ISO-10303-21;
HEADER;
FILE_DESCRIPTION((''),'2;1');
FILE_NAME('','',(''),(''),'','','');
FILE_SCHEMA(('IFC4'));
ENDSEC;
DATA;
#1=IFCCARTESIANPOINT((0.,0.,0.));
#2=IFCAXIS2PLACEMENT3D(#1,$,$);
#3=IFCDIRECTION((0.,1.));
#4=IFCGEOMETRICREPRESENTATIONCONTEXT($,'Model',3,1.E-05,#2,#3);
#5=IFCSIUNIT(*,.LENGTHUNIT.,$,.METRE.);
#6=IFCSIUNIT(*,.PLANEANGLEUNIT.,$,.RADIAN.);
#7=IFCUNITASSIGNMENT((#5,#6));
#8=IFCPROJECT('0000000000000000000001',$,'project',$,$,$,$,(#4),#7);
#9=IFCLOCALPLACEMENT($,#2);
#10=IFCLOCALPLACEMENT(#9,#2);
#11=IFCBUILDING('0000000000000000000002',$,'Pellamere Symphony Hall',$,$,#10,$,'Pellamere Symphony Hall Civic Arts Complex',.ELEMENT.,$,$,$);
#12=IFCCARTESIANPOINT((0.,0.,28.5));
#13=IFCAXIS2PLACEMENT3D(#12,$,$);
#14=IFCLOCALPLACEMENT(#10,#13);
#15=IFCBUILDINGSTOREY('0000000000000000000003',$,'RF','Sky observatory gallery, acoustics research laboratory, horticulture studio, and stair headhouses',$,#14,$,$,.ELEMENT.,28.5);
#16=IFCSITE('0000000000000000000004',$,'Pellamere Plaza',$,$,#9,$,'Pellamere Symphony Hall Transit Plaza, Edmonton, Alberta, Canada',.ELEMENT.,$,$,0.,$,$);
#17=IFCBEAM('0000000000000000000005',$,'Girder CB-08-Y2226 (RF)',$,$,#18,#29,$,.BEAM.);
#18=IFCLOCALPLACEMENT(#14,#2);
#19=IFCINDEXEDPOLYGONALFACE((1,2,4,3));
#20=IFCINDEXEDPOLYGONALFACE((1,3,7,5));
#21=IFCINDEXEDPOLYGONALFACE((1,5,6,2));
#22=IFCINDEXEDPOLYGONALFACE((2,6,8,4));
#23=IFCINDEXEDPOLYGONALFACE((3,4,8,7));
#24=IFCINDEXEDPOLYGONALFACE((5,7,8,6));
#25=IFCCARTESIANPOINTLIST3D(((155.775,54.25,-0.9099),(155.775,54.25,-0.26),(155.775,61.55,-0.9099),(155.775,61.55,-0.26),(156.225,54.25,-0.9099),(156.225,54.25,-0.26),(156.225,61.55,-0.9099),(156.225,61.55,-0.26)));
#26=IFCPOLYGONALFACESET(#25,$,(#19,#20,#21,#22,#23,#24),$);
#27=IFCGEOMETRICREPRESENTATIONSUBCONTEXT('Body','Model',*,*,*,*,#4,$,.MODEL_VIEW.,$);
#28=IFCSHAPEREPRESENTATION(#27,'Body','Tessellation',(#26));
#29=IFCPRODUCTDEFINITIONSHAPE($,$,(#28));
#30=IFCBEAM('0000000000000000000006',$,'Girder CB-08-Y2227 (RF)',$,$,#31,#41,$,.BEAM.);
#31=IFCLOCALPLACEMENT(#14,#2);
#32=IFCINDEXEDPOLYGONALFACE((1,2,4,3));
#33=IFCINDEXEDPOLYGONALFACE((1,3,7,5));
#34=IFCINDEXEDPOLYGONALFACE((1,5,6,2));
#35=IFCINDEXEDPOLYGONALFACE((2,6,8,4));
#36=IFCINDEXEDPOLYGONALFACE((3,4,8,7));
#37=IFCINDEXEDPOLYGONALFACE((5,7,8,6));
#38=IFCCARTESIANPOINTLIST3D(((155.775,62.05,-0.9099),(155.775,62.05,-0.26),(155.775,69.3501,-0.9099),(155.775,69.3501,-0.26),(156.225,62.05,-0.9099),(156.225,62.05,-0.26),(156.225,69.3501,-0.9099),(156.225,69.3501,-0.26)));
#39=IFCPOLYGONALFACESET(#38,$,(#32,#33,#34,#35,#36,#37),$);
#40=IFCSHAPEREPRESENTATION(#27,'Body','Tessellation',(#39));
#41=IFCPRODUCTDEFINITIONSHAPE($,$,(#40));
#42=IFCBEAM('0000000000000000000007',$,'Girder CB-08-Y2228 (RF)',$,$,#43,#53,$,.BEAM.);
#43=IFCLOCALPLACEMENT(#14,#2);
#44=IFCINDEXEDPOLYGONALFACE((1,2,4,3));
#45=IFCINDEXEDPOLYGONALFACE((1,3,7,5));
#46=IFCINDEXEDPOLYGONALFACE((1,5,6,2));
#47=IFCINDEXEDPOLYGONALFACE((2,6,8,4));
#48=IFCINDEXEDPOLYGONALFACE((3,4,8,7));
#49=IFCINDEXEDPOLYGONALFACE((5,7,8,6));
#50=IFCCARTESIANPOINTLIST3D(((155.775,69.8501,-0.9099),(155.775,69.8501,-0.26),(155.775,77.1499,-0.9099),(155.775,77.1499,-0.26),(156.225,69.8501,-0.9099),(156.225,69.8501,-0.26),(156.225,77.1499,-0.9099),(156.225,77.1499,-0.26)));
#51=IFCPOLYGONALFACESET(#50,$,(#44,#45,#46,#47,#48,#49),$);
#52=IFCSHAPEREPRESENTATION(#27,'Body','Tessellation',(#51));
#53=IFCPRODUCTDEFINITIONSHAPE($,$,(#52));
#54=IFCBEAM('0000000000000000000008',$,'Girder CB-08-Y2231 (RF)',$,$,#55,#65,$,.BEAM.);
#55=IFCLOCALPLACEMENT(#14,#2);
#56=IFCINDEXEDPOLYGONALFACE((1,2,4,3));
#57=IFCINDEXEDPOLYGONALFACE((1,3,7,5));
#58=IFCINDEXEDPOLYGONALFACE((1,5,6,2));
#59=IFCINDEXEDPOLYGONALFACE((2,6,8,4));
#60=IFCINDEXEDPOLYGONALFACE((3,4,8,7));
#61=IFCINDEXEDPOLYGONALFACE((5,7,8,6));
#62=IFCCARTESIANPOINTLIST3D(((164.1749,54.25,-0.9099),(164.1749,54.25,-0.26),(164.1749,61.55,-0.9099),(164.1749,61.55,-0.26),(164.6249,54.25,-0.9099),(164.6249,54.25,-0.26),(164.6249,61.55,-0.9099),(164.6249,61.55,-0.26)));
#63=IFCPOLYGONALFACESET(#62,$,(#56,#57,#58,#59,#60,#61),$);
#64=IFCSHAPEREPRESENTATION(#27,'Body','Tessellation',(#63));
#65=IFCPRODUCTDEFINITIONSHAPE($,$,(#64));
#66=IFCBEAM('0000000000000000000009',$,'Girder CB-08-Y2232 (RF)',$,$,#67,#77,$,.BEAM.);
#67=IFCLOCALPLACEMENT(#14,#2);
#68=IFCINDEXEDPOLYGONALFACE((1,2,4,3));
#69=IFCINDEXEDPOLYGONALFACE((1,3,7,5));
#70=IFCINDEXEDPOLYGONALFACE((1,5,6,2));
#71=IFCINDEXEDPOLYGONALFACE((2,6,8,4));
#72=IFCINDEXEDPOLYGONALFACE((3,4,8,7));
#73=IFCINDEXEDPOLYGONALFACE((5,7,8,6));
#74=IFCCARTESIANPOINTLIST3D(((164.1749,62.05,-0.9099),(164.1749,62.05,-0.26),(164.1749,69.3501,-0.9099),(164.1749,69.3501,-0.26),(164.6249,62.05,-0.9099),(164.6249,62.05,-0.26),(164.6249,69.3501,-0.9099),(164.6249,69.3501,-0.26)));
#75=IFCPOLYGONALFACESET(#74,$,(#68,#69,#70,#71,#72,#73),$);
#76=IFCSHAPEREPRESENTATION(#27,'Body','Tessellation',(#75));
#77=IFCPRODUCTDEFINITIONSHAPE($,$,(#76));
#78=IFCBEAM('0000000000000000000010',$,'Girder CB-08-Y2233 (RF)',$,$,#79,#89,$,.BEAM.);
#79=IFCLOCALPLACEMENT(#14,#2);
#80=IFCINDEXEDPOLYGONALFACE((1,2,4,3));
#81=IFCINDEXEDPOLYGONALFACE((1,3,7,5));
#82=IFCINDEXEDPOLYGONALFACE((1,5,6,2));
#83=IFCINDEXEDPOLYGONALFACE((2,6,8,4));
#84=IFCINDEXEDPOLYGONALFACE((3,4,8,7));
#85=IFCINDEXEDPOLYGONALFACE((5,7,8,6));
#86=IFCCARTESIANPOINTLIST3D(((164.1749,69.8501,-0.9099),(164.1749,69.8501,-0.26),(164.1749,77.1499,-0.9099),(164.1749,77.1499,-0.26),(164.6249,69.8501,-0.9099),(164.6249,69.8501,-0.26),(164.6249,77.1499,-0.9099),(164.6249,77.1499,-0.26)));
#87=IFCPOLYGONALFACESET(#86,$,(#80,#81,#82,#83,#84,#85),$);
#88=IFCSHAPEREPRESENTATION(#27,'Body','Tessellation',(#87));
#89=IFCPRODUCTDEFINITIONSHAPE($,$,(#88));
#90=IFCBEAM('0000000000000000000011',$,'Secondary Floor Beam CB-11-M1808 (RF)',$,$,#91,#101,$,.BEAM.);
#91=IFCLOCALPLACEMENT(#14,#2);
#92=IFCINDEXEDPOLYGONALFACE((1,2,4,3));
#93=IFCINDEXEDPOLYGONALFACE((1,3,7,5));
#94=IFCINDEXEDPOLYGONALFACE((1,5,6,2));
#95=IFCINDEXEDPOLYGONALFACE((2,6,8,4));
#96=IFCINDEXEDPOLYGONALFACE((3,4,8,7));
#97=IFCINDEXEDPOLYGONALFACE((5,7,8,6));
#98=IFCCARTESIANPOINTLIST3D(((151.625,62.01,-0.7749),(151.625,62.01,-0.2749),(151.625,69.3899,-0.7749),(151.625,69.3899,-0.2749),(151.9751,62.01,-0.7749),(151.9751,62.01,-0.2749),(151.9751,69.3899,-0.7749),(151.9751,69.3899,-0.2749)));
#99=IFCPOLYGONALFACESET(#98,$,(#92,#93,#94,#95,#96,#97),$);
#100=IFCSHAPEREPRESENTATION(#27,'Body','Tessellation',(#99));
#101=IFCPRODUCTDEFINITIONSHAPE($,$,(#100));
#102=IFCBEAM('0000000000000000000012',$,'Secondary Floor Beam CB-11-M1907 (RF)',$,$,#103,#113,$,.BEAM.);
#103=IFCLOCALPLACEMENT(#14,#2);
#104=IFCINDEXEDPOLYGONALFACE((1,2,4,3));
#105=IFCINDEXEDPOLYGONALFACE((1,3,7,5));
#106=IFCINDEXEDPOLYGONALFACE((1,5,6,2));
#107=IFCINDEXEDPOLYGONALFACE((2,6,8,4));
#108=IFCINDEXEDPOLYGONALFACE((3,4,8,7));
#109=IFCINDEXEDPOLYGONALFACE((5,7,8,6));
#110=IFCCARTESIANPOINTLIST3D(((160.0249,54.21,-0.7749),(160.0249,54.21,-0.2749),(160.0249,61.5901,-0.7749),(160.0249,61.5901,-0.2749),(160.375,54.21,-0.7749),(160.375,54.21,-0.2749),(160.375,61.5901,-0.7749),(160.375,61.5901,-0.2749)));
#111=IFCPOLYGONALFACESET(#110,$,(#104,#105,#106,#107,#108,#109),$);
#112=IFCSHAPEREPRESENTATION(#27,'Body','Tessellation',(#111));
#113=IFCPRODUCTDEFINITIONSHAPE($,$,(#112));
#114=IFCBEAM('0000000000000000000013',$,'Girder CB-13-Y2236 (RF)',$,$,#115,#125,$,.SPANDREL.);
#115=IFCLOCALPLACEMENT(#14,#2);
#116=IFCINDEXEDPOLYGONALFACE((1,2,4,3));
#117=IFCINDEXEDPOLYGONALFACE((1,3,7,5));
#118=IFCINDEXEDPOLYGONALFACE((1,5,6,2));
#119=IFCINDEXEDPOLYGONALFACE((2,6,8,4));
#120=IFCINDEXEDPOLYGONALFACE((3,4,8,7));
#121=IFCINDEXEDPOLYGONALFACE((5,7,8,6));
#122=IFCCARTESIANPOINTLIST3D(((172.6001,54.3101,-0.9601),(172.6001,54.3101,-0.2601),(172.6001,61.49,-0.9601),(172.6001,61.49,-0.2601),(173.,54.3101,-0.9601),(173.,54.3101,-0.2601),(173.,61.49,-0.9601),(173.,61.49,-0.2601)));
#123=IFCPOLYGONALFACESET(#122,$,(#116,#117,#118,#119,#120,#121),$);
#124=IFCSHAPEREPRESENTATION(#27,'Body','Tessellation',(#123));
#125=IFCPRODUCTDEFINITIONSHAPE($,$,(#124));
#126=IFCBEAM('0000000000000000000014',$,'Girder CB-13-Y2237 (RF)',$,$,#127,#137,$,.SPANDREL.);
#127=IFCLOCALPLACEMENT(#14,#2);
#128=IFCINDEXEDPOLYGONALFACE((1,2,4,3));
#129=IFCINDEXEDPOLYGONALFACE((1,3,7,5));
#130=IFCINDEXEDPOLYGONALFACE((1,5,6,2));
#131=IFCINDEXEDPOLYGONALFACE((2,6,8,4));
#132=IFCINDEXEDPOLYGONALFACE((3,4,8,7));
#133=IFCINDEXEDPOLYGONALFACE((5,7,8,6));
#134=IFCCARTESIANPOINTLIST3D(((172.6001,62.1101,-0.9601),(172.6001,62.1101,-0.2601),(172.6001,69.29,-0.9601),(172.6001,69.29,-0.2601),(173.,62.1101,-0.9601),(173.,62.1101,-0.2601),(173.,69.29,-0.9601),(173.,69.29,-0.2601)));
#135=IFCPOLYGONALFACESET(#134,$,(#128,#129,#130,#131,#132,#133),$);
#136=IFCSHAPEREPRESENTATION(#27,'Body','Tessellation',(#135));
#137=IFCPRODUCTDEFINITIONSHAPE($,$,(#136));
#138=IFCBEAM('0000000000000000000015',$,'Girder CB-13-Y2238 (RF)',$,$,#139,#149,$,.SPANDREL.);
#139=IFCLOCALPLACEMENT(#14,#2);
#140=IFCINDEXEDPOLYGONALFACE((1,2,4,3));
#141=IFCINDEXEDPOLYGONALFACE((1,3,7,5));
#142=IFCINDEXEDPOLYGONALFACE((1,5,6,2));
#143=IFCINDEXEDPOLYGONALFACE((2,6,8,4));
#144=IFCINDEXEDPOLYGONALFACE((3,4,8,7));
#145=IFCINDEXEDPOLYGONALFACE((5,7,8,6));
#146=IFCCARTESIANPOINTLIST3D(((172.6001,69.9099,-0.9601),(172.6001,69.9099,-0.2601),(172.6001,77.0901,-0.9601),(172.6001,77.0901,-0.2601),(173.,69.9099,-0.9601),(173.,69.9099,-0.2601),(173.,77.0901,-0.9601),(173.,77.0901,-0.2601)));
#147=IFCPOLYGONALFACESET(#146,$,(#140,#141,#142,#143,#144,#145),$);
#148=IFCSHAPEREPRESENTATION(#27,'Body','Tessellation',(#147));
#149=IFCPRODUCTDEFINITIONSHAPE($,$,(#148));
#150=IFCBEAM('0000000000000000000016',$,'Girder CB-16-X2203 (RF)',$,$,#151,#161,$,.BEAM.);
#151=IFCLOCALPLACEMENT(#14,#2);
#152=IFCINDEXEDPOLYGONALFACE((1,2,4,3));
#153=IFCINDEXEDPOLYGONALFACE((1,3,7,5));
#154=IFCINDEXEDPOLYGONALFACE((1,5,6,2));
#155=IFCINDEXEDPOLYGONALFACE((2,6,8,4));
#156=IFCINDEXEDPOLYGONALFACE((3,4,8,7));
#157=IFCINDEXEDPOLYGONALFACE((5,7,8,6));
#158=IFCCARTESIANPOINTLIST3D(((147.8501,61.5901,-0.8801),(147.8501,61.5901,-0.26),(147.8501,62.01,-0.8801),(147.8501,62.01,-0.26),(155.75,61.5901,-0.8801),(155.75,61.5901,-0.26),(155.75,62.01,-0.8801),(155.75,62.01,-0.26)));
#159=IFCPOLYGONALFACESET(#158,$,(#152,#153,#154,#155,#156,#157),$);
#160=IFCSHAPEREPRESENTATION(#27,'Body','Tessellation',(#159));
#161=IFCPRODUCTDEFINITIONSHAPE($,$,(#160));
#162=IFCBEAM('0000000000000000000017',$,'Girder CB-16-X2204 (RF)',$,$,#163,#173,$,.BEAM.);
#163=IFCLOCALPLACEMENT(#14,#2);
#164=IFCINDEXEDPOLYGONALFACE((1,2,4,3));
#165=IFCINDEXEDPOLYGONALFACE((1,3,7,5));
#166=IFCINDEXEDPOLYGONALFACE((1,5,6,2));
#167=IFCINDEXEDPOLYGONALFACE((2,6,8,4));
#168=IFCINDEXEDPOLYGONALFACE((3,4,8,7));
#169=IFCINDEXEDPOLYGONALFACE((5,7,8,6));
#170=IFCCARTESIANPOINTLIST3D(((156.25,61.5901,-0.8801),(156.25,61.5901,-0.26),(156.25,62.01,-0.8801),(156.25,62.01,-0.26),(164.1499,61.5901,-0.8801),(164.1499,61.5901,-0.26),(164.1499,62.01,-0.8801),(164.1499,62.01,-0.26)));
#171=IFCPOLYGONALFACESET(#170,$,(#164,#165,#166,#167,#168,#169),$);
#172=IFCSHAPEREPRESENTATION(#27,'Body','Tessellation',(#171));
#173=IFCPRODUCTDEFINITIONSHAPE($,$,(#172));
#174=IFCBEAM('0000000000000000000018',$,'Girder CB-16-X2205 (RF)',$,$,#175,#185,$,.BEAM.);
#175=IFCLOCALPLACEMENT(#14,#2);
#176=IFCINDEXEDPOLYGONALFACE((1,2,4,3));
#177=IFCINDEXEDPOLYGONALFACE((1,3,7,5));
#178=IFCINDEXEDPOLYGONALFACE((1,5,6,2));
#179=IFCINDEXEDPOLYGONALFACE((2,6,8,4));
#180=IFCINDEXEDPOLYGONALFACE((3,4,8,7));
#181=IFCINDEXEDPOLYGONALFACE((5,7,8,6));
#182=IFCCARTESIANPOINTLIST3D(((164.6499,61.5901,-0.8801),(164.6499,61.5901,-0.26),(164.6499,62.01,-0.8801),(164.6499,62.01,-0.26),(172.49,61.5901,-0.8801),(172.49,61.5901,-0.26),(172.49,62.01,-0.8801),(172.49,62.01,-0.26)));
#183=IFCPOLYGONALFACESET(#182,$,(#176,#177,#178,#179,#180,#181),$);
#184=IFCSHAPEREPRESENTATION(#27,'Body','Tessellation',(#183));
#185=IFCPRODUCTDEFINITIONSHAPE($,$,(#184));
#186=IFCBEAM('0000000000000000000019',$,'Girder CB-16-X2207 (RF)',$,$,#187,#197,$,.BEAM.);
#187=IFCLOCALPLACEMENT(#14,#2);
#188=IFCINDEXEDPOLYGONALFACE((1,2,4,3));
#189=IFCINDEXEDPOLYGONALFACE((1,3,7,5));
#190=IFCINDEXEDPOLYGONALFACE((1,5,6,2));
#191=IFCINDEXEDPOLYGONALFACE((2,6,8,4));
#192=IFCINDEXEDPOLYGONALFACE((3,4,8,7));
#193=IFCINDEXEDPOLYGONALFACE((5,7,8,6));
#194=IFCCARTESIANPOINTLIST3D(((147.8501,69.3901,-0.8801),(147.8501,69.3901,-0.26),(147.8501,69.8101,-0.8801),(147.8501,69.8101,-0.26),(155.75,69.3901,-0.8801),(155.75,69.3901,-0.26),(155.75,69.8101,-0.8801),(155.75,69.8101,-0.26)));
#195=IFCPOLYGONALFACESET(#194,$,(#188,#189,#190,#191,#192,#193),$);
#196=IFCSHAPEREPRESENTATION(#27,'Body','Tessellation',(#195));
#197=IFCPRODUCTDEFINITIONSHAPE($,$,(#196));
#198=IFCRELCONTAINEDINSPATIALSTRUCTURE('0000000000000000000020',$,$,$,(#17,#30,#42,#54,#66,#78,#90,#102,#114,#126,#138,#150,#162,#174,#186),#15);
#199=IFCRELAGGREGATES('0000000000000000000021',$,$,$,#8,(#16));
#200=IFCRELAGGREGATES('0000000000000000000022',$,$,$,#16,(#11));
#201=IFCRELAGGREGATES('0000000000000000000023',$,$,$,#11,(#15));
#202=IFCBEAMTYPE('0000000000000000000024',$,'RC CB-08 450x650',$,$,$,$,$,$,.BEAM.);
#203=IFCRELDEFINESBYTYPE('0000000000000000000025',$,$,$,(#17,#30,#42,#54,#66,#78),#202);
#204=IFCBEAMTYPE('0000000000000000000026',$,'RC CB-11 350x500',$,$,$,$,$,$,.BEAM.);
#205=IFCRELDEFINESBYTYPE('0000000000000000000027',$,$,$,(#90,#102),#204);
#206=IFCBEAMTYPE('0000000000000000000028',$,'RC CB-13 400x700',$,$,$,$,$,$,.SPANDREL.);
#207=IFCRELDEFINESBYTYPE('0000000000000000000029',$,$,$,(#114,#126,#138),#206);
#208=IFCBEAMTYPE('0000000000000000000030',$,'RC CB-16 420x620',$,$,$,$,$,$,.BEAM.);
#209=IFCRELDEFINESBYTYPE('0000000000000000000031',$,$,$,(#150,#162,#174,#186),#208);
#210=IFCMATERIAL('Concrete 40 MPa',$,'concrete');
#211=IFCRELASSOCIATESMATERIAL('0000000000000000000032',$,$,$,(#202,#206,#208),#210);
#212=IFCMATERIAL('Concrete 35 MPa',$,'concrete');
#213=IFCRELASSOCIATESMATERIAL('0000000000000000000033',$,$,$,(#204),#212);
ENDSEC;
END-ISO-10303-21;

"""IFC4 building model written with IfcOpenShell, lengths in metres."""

from ifc_helpers import new_model, si_unit, direction, frame, origin, origin_2d, place, context, subcontext, project, spatial, rectangle, extrude, material, material_profile, profile_set, type_object, element, save


model = new_model("IFC4")

# Units and contexts
model_context = context("Model", 3, precision=1e-05, world=origin(), true_north=direction((0.0, 1.0)))
body_context = subcontext(model_context, "Body", "Model", "MODEL_VIEW")
ifc_project = project(units=[si_unit("LENGTHUNIT", "METRE"), si_unit("PLANEANGLEUNIT", "RADIAN")], contexts=[model_context])

# Site, building, storey
site_placement = place(None, origin())
site = spatial("IfcSite", under=ifc_project, at=site_placement, Name="Pellamere Plaza", LongName="Pellamere Symphony Hall Transit Plaza, Edmonton, Alberta, Canada", CompositionType="ELEMENT", RefElevation=0.0)
building_placement = place(site_placement, origin())
building = spatial("IfcBuilding", under=site, at=building_placement, Name="Pellamere Symphony Hall", LongName="Pellamere Symphony Hall Civic Arts Complex", CompositionType="ELEMENT")
storey_placement = place(building_placement, frame((0.0, 0.0, 28.5)))
storey = spatial("IfcBuildingStorey", under=building, at=storey_placement, Name="RF", Description="Sky observatory gallery, acoustics research laboratory, horticulture studio, and stair headhouses", CompositionType="ELEMENT", Elevation=28.5)

# Beams
ifc_material_1 = material(Name="Concrete 40 MPa", Category="concrete")
ifc_material_profile_1 = material_profile(ifc_material_1, rectangle(XDim=0.45, YDim=0.6499, at=origin_2d()), Name="RC 450x650")
ifc_profile_set_1 = profile_set([ifc_material_profile_1], Name="Concrete 40 MPa")
beam_type_1 = type_object("IfcBeamType", Name="RC CB-08 450x650", PredefinedType="BEAM", material=ifc_profile_set_1)
for number, where, z_axis, x_axis, name in (
    (1, (156.0, 54.25, -0.585), (0.0, 1.0, 0.0), (-1.0, 0.0, 0.0), "Girder CB-08-Y2226 (RF)"),
    (2, (156.0, 62.05, -0.585), (0.0, 1.0, 0.0), (-1.0, 0.0, 0.0), "Girder CB-08-Y2227 (RF)"),
):
    element("IfcBeam", number, at=place(storey_placement, frame(where, z_axis=z_axis, x_axis=x_axis)), inside=storey, type_object=beam_type_1, Name=name, PredefinedType="BEAM", context=body_context, shape_type="SweptSolid", body=[
        extrude(rectangle(XDim=0.45, YDim=0.6499, at=origin_2d()), origin(), (0.0, 0.0, 1.0), 7.3),
    ])
beam_1_placement = place(storey_placement, frame((156.0, 69.8501, -0.585), z_axis=(0.0, 1.0, 0.0), x_axis=(-1.0, 0.0, 0.0)))
element("IfcBeam", 3, at=beam_1_placement, inside=storey, type_object=beam_type_1, Name="Girder CB-08-Y2228 (RF)", PredefinedType="BEAM", context=body_context, shape_type="SweptSolid", body=[
    extrude(rectangle(XDim=0.45, YDim=0.6499, at=origin_2d()), origin(), (0.0, 0.0, 1.0), 7.2998),
])
for number, where, z_axis, x_axis, name in (
    (4, (164.3999, 54.25, -0.585), (0.0, 1.0, 0.0), (-1.0, 0.0, 0.0), "Girder CB-08-Y2231 (RF)"),
    (5, (164.3999, 62.05, -0.585), (0.0, 1.0, 0.0), (-1.0, 0.0, 0.0), "Girder CB-08-Y2232 (RF)"),
):
    element("IfcBeam", number, at=place(storey_placement, frame(where, z_axis=z_axis, x_axis=x_axis)), inside=storey, type_object=beam_type_1, Name=name, PredefinedType="BEAM", context=body_context, shape_type="SweptSolid", body=[
        extrude(rectangle(XDim=0.45, YDim=0.6499, at=origin_2d()), origin(), (0.0, 0.0, 1.0), 7.3),
    ])
beam_2_placement = place(storey_placement, frame((164.3999, 69.8501, -0.585), z_axis=(0.0, 1.0, 0.0), x_axis=(-1.0, 0.0, 0.0)))
element("IfcBeam", 6, at=beam_2_placement, inside=storey, type_object=beam_type_1, Name="Girder CB-08-Y2233 (RF)", PredefinedType="BEAM", context=body_context, shape_type="SweptSolid", body=[
    extrude(rectangle(XDim=0.45, YDim=0.6499, at=origin_2d()), origin(), (0.0, 0.0, 1.0), 7.2998),
])
ifc_material_2 = material(Name="Concrete 35 MPa", Category="concrete")
ifc_material_profile_2 = material_profile(ifc_material_2, rectangle(XDim=0.3501, YDim=0.5, at=origin_2d()), Name="RC 350x500")
ifc_profile_set_2 = profile_set([ifc_material_profile_2], Name="Concrete 35 MPa")
beam_type_2 = type_object("IfcBeamType", Name="RC CB-11 350x500", PredefinedType="BEAM", material=ifc_profile_set_2)
beam_3_placement = place(storey_placement, frame((151.8, 62.01, -0.5249), z_axis=(0.0, 1.0, 0.0), x_axis=(-1.0, 0.0, 0.0)))
element("IfcBeam", 7, at=beam_3_placement, inside=storey, type_object=beam_type_2, Name="Secondary Floor Beam CB-11-M1808 (RF)", PredefinedType="BEAM", context=body_context, shape_type="SweptSolid", body=[
    extrude(rectangle(XDim=0.3501, YDim=0.5, at=origin_2d()), origin(), (0.0, 0.0, 1.0), 7.3799),
])
beam_4_placement = place(storey_placement, frame((160.2, 54.21, -0.5249), z_axis=(0.0, 1.0, 0.0), x_axis=(-1.0, 0.0, 0.0)))
element("IfcBeam", 8, at=beam_4_placement, inside=storey, type_object=beam_type_2, Name="Secondary Floor Beam CB-11-M1907 (RF)", PredefinedType="BEAM", context=body_context, shape_type="SweptSolid", body=[
    extrude(rectangle(XDim=0.3501, YDim=0.5, at=origin_2d()), origin(), (0.0, 0.0, 1.0), 7.3801),
])
ifc_material_profile_3 = material_profile(ifc_material_1, rectangle(XDim=0.3999, YDim=0.7, at=origin_2d()), Name="RC 400x700")
ifc_profile_set_3 = profile_set([ifc_material_profile_3], Name="Concrete 40 MPa")
beam_type_3 = type_object("IfcBeamType", Name="RC CB-13 400x700", PredefinedType="SPANDREL", material=ifc_profile_set_3)
for number, where, z_axis, x_axis, name in (
    (9, (172.8, 54.3101, -0.6101), (0.0, 1.0, 0.0), (-1.0, 0.0, 0.0), "Girder CB-13-Y2236 (RF)"),
    (10, (172.8, 62.1101, -0.6101), (0.0, 1.0, 0.0), (-1.0, 0.0, 0.0), "Girder CB-13-Y2237 (RF)"),
):
    element("IfcBeam", number, at=place(storey_placement, frame(where, z_axis=z_axis, x_axis=x_axis)), inside=storey, type_object=beam_type_3, Name=name, PredefinedType="SPANDREL", context=body_context, shape_type="SweptSolid", body=[
        extrude(rectangle(XDim=0.3999, YDim=0.7, at=origin_2d()), origin(), (0.0, 0.0, 1.0), 7.1799),
    ])
beam_5_placement = place(storey_placement, frame((172.8, 69.9099, -0.6101), z_axis=(0.0, 1.0, 0.0), x_axis=(-1.0, 0.0, 0.0)))
element("IfcBeam", 11, at=beam_5_placement, inside=storey, type_object=beam_type_3, Name="Girder CB-13-Y2238 (RF)", PredefinedType="SPANDREL", context=body_context, shape_type="SweptSolid", body=[
    extrude(rectangle(XDim=0.3999, YDim=0.7, at=origin_2d()), origin(), (0.0, 0.0, 1.0), 7.1802),
])
ifc_material_profile_4 = material_profile(ifc_material_1, rectangle(XDim=0.4199, YDim=0.6201, at=origin_2d()), Name="RC 420x620")
ifc_profile_set_4 = profile_set([ifc_material_profile_4], Name="Concrete 40 MPa")
beam_type_4 = type_object("IfcBeamType", Name="RC CB-16 420x620", PredefinedType="BEAM", material=ifc_profile_set_4)
for number, where, z_axis, x_axis, name in (
    (12, (147.8501, 61.8, -0.5701), (1.0, 0.0, 0.0), (0.0, 1.0, 0.0), "Girder CB-16-X2203 (RF)"),
    (13, (156.25, 61.8, -0.5701), (1.0, 0.0, 0.0), (0.0, 1.0, 0.0), "Girder CB-16-X2204 (RF)"),
):
    element("IfcBeam", number, at=place(storey_placement, frame(where, z_axis=z_axis, x_axis=x_axis)), inside=storey, type_object=beam_type_4, Name=name, PredefinedType="BEAM", context=body_context, shape_type="SweptSolid", body=[
        extrude(rectangle(XDim=0.4199, YDim=0.6201, at=origin_2d()), origin(), (0.0, 0.0, 1.0), 7.8999),
    ])
beam_6_placement = place(storey_placement, frame((164.6499, 61.8, -0.5701), z_axis=(1.0, 0.0, 0.0), x_axis=(0.0, 1.0, 0.0)))
element("IfcBeam", 14, at=beam_6_placement, inside=storey, type_object=beam_type_4, Name="Girder CB-16-X2205 (RF)", PredefinedType="BEAM", context=body_context, shape_type="SweptSolid", body=[
    extrude(rectangle(XDim=0.4199, YDim=0.6201, at=origin_2d()), origin(), (0.0, 0.0, 1.0), 7.8401),
])
for number, where, z_axis, x_axis, name in (
    (15, (147.8501, 69.6001, -0.5701), (1.0, 0.0, 0.0), (0.0, 1.0, 0.0), "Girder CB-16-X2207 (RF)"),
):
    element("IfcBeam", number, at=place(storey_placement, frame(where, z_axis=z_axis, x_axis=x_axis)), inside=storey, type_object=beam_type_4, Name=name, PredefinedType="BEAM", context=body_context, shape_type="SweptSolid", body=[
        extrude(rectangle(XDim=0.4199, YDim=0.6201, at=origin_2d()), origin(), (0.0, 0.0, 1.0), 7.8999),
    ])

save(model, "model.ifc")
